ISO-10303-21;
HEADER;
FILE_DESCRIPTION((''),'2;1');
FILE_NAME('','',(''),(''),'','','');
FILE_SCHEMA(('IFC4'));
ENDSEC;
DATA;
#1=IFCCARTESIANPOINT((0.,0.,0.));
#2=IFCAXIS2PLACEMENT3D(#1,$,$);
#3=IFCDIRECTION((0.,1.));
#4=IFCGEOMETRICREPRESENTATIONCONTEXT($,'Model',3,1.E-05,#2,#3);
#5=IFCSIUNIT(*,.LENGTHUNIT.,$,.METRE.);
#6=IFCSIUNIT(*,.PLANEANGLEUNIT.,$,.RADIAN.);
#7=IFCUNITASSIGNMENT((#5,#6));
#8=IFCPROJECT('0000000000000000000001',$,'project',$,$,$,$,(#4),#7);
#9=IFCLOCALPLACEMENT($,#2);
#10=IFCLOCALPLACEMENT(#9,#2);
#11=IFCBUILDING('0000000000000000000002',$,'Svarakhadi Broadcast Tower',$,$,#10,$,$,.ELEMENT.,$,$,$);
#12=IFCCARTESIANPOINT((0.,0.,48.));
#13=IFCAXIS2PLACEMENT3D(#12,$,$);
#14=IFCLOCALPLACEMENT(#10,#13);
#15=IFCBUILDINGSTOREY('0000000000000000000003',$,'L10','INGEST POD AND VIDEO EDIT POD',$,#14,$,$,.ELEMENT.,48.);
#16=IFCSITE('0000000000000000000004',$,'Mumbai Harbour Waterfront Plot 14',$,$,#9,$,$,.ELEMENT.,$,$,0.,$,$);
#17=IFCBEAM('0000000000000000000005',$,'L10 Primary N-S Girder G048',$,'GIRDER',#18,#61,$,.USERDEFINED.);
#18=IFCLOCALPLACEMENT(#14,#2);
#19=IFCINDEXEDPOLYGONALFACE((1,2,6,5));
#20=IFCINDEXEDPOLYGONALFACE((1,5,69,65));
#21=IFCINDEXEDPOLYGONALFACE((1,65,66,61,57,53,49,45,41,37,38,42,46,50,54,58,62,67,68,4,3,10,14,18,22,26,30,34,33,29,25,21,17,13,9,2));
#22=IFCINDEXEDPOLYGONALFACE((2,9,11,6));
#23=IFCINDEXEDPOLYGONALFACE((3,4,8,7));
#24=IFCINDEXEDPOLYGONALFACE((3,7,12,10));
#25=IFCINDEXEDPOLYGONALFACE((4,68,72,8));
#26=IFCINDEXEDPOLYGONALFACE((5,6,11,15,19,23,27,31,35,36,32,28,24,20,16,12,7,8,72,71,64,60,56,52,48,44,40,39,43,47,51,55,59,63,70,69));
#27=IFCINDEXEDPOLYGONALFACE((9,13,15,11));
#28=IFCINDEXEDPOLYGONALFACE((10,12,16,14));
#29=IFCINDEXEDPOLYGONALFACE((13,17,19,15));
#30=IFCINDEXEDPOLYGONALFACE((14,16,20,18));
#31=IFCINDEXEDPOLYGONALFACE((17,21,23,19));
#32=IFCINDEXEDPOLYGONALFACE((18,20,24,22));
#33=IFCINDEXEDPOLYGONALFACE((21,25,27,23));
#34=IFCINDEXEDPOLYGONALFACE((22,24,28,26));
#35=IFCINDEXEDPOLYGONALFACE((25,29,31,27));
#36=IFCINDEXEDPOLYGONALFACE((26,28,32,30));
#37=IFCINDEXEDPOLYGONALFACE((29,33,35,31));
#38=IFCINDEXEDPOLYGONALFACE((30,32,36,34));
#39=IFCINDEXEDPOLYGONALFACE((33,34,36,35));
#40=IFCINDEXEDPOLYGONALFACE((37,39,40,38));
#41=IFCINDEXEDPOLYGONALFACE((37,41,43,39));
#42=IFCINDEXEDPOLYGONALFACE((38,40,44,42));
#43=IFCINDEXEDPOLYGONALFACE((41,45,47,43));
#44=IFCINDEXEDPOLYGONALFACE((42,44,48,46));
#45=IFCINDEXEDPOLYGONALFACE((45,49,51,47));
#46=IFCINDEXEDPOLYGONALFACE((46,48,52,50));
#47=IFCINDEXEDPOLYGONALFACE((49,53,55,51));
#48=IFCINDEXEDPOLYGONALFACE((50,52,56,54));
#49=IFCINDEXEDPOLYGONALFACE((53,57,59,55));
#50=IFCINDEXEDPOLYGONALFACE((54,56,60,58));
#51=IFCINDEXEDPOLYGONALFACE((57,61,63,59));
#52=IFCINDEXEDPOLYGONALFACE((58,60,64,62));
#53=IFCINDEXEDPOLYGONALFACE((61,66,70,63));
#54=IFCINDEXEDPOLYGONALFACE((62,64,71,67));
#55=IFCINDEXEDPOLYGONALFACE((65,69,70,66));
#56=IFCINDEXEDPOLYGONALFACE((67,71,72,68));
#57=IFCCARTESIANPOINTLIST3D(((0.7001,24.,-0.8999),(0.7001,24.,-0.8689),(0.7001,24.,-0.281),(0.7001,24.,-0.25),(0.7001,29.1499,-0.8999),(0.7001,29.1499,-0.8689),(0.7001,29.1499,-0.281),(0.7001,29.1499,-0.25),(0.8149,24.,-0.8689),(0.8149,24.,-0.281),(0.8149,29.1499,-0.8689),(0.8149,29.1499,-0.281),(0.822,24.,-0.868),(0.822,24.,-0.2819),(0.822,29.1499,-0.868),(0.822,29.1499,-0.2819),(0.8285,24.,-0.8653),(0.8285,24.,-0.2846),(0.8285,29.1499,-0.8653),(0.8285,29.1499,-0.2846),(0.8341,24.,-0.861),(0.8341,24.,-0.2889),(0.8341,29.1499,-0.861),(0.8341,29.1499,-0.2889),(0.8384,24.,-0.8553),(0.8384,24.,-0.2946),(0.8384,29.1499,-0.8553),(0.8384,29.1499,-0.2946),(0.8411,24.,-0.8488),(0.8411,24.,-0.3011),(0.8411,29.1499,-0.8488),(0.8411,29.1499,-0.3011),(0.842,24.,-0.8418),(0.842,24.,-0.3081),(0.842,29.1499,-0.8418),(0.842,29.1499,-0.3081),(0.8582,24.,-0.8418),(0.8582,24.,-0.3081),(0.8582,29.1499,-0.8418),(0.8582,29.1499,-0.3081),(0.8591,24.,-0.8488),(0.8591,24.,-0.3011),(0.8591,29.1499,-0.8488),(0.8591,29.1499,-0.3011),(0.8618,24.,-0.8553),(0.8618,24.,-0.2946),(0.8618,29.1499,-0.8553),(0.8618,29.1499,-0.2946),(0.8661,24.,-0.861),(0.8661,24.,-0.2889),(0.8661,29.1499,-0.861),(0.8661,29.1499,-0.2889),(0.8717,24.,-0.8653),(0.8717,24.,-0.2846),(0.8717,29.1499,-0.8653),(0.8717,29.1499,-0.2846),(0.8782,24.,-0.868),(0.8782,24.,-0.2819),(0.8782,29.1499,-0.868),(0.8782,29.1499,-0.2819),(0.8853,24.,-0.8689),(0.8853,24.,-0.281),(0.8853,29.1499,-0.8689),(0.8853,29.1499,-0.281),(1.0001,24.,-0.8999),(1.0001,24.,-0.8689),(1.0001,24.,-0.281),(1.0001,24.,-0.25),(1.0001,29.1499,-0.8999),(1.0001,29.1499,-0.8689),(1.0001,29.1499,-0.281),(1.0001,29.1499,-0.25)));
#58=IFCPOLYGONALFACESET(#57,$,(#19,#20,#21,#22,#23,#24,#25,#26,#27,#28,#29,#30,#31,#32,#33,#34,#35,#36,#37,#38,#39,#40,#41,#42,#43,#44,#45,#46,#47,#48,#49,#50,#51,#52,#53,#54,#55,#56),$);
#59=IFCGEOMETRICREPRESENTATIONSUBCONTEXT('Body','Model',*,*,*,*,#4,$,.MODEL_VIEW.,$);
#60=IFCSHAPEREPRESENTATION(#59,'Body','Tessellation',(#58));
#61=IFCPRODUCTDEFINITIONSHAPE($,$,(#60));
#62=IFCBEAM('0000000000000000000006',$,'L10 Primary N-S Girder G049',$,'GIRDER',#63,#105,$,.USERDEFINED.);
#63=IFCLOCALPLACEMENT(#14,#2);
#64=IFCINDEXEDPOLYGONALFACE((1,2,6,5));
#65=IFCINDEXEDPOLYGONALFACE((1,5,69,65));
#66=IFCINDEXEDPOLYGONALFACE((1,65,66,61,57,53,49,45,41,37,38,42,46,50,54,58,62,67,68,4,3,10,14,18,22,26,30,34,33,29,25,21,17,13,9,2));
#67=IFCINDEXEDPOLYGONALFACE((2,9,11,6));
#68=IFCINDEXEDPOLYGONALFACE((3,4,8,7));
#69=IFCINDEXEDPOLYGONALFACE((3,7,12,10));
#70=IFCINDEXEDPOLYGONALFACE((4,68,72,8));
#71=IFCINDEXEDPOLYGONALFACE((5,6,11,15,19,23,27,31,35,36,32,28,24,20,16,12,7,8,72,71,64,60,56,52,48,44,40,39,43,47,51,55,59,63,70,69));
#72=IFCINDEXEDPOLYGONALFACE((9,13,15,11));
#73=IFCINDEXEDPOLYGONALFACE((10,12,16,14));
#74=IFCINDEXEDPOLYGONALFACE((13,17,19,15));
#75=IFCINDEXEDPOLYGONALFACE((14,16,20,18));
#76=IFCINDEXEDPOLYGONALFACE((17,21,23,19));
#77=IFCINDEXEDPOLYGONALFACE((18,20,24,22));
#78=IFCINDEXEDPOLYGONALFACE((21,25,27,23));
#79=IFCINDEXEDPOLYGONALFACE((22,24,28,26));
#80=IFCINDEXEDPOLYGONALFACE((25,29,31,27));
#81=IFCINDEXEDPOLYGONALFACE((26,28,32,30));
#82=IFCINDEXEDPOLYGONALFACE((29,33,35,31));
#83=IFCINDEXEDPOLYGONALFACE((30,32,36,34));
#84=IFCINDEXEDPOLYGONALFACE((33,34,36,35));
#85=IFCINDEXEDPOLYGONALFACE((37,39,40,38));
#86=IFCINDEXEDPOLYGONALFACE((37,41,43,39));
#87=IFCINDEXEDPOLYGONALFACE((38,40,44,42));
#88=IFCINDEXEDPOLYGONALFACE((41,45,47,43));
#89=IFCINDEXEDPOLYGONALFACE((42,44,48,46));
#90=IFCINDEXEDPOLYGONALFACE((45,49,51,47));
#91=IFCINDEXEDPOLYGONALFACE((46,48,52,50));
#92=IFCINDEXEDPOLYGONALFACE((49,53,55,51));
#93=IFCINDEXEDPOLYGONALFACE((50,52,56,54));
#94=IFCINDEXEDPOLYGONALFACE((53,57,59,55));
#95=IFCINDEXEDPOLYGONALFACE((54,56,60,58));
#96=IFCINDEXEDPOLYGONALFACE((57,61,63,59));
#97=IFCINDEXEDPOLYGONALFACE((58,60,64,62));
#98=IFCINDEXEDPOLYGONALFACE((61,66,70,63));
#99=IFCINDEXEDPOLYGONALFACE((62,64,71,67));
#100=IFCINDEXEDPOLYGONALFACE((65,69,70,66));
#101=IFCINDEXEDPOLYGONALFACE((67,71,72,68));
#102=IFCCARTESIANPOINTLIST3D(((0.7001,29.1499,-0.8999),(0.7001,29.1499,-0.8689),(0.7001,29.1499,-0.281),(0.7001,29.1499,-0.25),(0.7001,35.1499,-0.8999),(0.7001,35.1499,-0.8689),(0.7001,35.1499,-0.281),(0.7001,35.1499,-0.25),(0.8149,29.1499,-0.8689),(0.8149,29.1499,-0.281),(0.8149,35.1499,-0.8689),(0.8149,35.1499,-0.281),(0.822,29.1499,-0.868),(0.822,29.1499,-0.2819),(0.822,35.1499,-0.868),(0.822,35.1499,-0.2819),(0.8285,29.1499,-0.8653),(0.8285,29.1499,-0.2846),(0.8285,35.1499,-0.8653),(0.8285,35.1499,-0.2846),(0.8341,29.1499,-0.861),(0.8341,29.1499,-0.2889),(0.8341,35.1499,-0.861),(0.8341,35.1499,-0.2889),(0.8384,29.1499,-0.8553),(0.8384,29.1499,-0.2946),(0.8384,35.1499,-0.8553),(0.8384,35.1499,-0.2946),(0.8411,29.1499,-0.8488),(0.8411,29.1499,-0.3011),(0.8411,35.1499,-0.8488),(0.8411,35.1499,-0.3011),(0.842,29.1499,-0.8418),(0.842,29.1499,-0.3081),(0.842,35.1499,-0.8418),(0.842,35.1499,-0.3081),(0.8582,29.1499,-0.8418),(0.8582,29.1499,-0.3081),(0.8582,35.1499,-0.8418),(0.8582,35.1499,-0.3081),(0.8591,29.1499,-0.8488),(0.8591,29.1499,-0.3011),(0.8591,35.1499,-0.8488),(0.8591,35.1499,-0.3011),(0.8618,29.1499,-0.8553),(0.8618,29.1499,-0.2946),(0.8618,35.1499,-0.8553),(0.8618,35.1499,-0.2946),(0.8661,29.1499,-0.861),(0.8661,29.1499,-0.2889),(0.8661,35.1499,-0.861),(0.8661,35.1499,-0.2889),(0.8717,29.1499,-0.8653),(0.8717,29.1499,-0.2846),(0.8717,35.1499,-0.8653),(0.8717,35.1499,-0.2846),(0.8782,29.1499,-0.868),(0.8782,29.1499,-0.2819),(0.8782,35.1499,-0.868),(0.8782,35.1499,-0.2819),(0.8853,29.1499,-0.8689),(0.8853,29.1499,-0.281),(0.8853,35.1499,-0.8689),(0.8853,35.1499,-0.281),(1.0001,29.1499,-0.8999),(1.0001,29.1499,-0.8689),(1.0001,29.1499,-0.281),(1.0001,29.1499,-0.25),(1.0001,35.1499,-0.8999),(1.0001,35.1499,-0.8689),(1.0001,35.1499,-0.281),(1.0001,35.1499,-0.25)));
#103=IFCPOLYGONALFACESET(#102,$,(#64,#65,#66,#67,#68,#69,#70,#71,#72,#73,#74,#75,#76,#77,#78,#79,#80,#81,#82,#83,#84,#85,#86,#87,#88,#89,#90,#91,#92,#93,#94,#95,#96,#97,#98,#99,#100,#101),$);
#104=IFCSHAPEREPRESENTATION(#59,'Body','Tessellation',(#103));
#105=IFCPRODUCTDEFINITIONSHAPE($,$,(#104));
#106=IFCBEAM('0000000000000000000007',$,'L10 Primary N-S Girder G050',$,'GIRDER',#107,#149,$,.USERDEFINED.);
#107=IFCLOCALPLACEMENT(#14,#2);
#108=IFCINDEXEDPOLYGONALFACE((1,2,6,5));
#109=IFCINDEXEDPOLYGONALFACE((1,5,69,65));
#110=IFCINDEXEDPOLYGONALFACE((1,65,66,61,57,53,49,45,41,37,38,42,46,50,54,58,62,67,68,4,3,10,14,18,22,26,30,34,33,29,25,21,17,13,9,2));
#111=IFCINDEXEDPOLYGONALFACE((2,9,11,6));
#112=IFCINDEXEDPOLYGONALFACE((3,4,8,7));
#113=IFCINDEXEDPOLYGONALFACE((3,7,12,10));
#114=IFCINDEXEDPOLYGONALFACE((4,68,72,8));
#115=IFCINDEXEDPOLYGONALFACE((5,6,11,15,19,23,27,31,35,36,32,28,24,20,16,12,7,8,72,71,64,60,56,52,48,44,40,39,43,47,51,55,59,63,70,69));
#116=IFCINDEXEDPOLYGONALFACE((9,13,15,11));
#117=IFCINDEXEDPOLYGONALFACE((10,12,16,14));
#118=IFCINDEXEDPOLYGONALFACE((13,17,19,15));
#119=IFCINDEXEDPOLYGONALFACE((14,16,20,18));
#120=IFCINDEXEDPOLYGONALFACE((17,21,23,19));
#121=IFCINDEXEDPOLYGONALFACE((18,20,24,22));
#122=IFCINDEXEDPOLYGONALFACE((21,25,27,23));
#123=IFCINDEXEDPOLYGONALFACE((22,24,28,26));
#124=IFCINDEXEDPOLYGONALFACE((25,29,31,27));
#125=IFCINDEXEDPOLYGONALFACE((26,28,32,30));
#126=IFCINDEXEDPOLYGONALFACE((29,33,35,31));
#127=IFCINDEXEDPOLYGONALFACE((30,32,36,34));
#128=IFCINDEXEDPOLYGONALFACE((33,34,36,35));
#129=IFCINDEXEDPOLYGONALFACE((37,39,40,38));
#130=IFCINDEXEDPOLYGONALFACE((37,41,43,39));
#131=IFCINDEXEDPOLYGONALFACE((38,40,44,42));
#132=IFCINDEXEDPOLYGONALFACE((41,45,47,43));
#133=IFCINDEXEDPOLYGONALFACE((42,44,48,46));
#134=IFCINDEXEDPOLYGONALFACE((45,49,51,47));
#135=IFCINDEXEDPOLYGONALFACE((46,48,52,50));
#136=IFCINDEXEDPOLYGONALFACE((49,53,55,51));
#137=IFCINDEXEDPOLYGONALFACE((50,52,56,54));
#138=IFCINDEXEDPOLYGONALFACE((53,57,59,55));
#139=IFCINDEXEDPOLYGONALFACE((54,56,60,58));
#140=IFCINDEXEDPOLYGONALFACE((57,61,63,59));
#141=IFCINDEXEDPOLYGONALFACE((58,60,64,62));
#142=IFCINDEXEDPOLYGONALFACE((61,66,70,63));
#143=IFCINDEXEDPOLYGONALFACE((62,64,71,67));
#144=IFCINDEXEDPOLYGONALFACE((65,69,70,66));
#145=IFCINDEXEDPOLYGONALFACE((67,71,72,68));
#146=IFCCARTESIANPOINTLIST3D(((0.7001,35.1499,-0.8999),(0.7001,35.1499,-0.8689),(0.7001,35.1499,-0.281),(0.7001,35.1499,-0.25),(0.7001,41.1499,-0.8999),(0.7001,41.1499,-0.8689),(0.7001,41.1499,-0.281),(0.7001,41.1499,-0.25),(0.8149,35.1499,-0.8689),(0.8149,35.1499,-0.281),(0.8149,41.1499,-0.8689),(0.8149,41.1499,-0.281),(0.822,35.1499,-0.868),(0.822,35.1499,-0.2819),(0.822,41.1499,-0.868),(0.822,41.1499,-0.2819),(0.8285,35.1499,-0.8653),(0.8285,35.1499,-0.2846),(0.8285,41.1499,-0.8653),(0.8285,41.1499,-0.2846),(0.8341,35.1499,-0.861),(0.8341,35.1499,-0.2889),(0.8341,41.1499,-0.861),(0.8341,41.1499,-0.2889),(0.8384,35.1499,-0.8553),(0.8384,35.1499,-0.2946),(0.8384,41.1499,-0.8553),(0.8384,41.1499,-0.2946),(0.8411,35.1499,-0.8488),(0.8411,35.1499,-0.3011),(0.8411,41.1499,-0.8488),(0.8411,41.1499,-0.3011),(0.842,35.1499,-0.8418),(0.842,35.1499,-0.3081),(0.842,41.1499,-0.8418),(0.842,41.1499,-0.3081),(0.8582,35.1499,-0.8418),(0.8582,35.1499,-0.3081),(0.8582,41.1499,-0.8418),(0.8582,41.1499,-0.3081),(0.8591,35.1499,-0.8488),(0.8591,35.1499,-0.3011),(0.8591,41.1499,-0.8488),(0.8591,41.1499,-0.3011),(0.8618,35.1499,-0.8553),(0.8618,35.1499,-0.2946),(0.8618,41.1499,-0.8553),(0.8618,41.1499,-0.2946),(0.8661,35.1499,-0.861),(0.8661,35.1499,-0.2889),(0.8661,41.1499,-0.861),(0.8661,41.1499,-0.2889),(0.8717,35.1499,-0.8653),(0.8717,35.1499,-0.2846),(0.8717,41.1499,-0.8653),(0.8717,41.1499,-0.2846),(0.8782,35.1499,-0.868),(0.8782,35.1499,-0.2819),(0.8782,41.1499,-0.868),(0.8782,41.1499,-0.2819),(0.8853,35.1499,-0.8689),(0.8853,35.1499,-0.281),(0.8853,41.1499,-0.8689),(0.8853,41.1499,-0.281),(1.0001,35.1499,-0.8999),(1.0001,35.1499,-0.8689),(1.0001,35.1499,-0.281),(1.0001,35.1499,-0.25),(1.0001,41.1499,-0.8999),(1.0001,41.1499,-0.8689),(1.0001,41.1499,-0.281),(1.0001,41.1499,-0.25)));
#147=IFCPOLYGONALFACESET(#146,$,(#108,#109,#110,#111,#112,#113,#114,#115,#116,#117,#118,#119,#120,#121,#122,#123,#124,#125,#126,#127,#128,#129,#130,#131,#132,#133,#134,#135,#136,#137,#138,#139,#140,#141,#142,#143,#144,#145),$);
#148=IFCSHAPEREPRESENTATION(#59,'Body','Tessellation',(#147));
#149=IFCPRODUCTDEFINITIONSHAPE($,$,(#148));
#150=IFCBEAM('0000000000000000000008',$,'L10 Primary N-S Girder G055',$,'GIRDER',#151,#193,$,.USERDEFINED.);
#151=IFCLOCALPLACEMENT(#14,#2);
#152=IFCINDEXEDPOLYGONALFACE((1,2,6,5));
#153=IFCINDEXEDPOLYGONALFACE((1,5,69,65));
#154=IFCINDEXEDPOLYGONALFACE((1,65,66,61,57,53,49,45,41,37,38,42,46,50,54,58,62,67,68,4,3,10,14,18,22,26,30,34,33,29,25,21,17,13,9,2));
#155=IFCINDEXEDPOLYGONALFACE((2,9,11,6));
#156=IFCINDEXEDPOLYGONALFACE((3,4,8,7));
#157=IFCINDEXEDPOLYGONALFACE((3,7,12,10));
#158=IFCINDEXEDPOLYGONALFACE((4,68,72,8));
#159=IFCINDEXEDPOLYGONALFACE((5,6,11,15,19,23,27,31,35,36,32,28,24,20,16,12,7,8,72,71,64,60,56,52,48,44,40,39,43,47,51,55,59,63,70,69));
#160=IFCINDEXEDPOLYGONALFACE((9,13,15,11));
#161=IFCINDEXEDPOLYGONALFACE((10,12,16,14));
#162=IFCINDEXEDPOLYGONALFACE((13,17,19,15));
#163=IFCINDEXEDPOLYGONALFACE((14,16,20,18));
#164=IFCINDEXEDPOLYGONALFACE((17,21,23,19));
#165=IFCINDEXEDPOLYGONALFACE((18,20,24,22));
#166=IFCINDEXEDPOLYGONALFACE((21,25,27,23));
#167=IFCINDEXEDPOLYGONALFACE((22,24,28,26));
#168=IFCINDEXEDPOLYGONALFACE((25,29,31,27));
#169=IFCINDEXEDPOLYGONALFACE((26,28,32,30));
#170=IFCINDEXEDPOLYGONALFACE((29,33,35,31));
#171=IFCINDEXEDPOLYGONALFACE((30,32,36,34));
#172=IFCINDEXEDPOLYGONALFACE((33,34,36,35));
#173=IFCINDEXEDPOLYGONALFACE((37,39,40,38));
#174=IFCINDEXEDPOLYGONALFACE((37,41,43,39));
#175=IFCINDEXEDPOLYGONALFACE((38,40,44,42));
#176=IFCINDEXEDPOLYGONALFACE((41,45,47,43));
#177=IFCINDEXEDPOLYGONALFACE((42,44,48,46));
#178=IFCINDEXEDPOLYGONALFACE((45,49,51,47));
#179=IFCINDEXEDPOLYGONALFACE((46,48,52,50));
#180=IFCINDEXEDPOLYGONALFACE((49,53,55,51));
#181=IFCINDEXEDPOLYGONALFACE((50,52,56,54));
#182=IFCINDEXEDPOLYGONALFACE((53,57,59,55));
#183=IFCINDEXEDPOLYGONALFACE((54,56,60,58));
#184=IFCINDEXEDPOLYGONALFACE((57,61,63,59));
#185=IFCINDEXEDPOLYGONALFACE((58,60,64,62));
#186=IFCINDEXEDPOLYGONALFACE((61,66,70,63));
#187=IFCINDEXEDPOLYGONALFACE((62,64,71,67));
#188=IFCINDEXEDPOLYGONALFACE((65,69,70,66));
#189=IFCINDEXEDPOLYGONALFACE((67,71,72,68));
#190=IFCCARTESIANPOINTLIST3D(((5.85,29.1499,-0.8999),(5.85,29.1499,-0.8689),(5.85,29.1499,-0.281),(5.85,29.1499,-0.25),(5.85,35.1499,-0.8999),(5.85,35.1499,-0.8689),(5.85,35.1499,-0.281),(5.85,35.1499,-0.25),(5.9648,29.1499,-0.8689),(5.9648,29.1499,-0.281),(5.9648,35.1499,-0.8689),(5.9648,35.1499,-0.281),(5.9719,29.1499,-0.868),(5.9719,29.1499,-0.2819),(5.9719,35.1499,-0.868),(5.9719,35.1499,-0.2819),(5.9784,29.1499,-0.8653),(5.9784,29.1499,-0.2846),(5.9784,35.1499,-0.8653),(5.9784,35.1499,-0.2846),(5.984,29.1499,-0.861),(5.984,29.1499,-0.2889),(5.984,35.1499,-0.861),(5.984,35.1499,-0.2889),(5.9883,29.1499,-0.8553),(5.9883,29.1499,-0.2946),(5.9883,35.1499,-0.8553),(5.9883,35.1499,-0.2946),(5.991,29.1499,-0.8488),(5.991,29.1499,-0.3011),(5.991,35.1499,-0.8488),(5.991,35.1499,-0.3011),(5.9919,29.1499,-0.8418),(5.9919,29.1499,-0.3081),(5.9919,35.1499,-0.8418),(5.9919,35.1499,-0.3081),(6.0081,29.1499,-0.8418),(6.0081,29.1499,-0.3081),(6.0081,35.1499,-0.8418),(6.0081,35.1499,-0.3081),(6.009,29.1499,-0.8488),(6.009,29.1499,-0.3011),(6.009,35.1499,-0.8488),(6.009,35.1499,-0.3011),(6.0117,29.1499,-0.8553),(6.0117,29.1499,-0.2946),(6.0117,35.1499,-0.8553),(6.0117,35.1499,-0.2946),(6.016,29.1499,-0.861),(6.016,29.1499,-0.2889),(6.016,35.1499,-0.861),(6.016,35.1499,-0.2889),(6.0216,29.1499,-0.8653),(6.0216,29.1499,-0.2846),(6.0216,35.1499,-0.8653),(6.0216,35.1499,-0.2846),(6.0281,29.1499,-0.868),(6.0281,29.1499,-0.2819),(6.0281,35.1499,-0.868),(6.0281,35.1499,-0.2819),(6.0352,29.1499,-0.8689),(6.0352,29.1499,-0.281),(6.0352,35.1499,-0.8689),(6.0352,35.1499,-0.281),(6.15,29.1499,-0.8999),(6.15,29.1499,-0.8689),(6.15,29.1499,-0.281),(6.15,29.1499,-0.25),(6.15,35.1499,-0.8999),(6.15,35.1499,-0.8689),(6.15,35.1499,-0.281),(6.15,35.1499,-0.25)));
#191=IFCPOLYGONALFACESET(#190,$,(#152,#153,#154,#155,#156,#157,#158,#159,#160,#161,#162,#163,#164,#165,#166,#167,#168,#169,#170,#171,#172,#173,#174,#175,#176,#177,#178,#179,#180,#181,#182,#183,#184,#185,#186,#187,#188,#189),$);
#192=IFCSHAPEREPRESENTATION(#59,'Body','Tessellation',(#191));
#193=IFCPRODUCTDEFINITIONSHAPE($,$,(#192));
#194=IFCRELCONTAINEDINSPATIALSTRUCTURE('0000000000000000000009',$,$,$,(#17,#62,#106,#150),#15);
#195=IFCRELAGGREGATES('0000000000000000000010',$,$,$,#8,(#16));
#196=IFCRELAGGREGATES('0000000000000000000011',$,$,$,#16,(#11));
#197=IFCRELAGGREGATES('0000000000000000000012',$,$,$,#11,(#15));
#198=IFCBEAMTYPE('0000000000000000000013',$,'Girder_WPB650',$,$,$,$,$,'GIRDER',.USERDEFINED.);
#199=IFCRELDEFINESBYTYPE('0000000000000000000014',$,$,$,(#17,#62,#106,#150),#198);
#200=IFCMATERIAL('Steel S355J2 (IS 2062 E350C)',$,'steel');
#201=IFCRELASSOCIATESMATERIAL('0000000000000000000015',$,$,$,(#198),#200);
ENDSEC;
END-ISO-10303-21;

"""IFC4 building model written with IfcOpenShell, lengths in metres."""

from ifc_helpers import new_model, si_unit, direction, frame, origin, origin_2d, place, context, subcontext, project, spatial, i_section, extrude, material, material_profile, profile_set, type_object, element, save


model = new_model("IFC4")

# Units and contexts
model_context = context("Model", 3, precision=1e-05, world=origin(), true_north=direction((0.0, 1.0)))
body_context = subcontext(model_context, "Body", "Model", "MODEL_VIEW")
ifc_project = project(units=[si_unit("LENGTHUNIT", "METRE"), si_unit("PLANEANGLEUNIT", "RADIAN")], contexts=[model_context])

# Site, building, storey
site_placement = place(None, origin())
site = spatial("IfcSite", under=ifc_project, at=site_placement, Name="Mumbai Harbour Waterfront Plot 14", CompositionType="ELEMENT", RefElevation=0.0)
building_placement = place(site_placement, origin())
building = spatial("IfcBuilding", under=site, at=building_placement, Name="Svarakhadi Broadcast Tower", CompositionType="ELEMENT")
storey_placement = place(building_placement, frame((0.0, 0.0, 48.0)))
storey = spatial("IfcBuildingStorey", under=building, at=storey_placement, Name="L10", Description="INGEST POD AND VIDEO EDIT POD", CompositionType="ELEMENT", Elevation=48.0)

# Shared definitions
ifc_material_1 = material(Name="Steel S355J2 (IS 2062 E350C)", Category="steel")

# Beams
ifc_material_profile_1 = material_profile(ifc_material_1, i_section(OverallWidth=0.3, OverallDepth=0.6499, WebThickness=0.0161, FlangeThickness=0.031, FilletRadius=0.0271, at=origin_2d()), Name="WPB 650x300x225")
ifc_profile_set_1 = profile_set([ifc_material_profile_1], Name="Steel S355J2 (IS 2062 E350C)")
beam_type_1 = type_object("IfcBeamType", Name="Girder_WPB650", ElementType="GIRDER", PredefinedType="USERDEFINED", material=ifc_profile_set_1)
for number, where, z_axis, x_axis, name in (
    (1, (0.8501, 24.0, -0.575), (0.0, 1.0, 0.0), (-1.0, 0.0, 0.0), "L10 Primary N-S Girder G048"),
):
    element("IfcBeam", number, at=place(storey_placement, frame(where, z_axis=z_axis, x_axis=x_axis)), inside=storey, type_object=beam_type_1, Name=name, ObjectType="GIRDER", PredefinedType="USERDEFINED", context=body_context, shape_type="SweptSolid", body=[
        extrude(i_section(OverallWidth=0.3, OverallDepth=0.6499, WebThickness=0.0161, FlangeThickness=0.031, FilletRadius=0.0271, at=origin_2d()), origin(), (0.0, 0.0, 1.0), 5.1499),
    ])
for number, where, z_axis, x_axis, name in (
    (2, (0.8501, 29.1499, -0.575), (0.0, 1.0, 0.0), (-1.0, 0.0, 0.0), "L10 Primary N-S Girder G049"),
    (3, (0.8501, 35.1499, -0.575), (0.0, 1.0, 0.0), (-1.0, 0.0, 0.0), "L10 Primary N-S Girder G050"),
    (4, (6.0, 29.1499, -0.575), (0.0, 1.0, 0.0), (-1.0, 0.0, 0.0), "L10 Primary N-S Girder G055"),
):
    element("IfcBeam", number, at=place(storey_placement, frame(where, z_axis=z_axis, x_axis=x_axis)), inside=storey, type_object=beam_type_1, Name=name, ObjectType="GIRDER", PredefinedType="USERDEFINED", context=body_context, shape_type="SweptSolid", body=[
        extrude(i_section(OverallWidth=0.3, OverallDepth=0.6499, WebThickness=0.0161, FlangeThickness=0.031, FilletRadius=0.0271, at=origin_2d()), origin(), (0.0, 0.0, 1.0), 6.0),
    ])

save(model, "model.ifc")
